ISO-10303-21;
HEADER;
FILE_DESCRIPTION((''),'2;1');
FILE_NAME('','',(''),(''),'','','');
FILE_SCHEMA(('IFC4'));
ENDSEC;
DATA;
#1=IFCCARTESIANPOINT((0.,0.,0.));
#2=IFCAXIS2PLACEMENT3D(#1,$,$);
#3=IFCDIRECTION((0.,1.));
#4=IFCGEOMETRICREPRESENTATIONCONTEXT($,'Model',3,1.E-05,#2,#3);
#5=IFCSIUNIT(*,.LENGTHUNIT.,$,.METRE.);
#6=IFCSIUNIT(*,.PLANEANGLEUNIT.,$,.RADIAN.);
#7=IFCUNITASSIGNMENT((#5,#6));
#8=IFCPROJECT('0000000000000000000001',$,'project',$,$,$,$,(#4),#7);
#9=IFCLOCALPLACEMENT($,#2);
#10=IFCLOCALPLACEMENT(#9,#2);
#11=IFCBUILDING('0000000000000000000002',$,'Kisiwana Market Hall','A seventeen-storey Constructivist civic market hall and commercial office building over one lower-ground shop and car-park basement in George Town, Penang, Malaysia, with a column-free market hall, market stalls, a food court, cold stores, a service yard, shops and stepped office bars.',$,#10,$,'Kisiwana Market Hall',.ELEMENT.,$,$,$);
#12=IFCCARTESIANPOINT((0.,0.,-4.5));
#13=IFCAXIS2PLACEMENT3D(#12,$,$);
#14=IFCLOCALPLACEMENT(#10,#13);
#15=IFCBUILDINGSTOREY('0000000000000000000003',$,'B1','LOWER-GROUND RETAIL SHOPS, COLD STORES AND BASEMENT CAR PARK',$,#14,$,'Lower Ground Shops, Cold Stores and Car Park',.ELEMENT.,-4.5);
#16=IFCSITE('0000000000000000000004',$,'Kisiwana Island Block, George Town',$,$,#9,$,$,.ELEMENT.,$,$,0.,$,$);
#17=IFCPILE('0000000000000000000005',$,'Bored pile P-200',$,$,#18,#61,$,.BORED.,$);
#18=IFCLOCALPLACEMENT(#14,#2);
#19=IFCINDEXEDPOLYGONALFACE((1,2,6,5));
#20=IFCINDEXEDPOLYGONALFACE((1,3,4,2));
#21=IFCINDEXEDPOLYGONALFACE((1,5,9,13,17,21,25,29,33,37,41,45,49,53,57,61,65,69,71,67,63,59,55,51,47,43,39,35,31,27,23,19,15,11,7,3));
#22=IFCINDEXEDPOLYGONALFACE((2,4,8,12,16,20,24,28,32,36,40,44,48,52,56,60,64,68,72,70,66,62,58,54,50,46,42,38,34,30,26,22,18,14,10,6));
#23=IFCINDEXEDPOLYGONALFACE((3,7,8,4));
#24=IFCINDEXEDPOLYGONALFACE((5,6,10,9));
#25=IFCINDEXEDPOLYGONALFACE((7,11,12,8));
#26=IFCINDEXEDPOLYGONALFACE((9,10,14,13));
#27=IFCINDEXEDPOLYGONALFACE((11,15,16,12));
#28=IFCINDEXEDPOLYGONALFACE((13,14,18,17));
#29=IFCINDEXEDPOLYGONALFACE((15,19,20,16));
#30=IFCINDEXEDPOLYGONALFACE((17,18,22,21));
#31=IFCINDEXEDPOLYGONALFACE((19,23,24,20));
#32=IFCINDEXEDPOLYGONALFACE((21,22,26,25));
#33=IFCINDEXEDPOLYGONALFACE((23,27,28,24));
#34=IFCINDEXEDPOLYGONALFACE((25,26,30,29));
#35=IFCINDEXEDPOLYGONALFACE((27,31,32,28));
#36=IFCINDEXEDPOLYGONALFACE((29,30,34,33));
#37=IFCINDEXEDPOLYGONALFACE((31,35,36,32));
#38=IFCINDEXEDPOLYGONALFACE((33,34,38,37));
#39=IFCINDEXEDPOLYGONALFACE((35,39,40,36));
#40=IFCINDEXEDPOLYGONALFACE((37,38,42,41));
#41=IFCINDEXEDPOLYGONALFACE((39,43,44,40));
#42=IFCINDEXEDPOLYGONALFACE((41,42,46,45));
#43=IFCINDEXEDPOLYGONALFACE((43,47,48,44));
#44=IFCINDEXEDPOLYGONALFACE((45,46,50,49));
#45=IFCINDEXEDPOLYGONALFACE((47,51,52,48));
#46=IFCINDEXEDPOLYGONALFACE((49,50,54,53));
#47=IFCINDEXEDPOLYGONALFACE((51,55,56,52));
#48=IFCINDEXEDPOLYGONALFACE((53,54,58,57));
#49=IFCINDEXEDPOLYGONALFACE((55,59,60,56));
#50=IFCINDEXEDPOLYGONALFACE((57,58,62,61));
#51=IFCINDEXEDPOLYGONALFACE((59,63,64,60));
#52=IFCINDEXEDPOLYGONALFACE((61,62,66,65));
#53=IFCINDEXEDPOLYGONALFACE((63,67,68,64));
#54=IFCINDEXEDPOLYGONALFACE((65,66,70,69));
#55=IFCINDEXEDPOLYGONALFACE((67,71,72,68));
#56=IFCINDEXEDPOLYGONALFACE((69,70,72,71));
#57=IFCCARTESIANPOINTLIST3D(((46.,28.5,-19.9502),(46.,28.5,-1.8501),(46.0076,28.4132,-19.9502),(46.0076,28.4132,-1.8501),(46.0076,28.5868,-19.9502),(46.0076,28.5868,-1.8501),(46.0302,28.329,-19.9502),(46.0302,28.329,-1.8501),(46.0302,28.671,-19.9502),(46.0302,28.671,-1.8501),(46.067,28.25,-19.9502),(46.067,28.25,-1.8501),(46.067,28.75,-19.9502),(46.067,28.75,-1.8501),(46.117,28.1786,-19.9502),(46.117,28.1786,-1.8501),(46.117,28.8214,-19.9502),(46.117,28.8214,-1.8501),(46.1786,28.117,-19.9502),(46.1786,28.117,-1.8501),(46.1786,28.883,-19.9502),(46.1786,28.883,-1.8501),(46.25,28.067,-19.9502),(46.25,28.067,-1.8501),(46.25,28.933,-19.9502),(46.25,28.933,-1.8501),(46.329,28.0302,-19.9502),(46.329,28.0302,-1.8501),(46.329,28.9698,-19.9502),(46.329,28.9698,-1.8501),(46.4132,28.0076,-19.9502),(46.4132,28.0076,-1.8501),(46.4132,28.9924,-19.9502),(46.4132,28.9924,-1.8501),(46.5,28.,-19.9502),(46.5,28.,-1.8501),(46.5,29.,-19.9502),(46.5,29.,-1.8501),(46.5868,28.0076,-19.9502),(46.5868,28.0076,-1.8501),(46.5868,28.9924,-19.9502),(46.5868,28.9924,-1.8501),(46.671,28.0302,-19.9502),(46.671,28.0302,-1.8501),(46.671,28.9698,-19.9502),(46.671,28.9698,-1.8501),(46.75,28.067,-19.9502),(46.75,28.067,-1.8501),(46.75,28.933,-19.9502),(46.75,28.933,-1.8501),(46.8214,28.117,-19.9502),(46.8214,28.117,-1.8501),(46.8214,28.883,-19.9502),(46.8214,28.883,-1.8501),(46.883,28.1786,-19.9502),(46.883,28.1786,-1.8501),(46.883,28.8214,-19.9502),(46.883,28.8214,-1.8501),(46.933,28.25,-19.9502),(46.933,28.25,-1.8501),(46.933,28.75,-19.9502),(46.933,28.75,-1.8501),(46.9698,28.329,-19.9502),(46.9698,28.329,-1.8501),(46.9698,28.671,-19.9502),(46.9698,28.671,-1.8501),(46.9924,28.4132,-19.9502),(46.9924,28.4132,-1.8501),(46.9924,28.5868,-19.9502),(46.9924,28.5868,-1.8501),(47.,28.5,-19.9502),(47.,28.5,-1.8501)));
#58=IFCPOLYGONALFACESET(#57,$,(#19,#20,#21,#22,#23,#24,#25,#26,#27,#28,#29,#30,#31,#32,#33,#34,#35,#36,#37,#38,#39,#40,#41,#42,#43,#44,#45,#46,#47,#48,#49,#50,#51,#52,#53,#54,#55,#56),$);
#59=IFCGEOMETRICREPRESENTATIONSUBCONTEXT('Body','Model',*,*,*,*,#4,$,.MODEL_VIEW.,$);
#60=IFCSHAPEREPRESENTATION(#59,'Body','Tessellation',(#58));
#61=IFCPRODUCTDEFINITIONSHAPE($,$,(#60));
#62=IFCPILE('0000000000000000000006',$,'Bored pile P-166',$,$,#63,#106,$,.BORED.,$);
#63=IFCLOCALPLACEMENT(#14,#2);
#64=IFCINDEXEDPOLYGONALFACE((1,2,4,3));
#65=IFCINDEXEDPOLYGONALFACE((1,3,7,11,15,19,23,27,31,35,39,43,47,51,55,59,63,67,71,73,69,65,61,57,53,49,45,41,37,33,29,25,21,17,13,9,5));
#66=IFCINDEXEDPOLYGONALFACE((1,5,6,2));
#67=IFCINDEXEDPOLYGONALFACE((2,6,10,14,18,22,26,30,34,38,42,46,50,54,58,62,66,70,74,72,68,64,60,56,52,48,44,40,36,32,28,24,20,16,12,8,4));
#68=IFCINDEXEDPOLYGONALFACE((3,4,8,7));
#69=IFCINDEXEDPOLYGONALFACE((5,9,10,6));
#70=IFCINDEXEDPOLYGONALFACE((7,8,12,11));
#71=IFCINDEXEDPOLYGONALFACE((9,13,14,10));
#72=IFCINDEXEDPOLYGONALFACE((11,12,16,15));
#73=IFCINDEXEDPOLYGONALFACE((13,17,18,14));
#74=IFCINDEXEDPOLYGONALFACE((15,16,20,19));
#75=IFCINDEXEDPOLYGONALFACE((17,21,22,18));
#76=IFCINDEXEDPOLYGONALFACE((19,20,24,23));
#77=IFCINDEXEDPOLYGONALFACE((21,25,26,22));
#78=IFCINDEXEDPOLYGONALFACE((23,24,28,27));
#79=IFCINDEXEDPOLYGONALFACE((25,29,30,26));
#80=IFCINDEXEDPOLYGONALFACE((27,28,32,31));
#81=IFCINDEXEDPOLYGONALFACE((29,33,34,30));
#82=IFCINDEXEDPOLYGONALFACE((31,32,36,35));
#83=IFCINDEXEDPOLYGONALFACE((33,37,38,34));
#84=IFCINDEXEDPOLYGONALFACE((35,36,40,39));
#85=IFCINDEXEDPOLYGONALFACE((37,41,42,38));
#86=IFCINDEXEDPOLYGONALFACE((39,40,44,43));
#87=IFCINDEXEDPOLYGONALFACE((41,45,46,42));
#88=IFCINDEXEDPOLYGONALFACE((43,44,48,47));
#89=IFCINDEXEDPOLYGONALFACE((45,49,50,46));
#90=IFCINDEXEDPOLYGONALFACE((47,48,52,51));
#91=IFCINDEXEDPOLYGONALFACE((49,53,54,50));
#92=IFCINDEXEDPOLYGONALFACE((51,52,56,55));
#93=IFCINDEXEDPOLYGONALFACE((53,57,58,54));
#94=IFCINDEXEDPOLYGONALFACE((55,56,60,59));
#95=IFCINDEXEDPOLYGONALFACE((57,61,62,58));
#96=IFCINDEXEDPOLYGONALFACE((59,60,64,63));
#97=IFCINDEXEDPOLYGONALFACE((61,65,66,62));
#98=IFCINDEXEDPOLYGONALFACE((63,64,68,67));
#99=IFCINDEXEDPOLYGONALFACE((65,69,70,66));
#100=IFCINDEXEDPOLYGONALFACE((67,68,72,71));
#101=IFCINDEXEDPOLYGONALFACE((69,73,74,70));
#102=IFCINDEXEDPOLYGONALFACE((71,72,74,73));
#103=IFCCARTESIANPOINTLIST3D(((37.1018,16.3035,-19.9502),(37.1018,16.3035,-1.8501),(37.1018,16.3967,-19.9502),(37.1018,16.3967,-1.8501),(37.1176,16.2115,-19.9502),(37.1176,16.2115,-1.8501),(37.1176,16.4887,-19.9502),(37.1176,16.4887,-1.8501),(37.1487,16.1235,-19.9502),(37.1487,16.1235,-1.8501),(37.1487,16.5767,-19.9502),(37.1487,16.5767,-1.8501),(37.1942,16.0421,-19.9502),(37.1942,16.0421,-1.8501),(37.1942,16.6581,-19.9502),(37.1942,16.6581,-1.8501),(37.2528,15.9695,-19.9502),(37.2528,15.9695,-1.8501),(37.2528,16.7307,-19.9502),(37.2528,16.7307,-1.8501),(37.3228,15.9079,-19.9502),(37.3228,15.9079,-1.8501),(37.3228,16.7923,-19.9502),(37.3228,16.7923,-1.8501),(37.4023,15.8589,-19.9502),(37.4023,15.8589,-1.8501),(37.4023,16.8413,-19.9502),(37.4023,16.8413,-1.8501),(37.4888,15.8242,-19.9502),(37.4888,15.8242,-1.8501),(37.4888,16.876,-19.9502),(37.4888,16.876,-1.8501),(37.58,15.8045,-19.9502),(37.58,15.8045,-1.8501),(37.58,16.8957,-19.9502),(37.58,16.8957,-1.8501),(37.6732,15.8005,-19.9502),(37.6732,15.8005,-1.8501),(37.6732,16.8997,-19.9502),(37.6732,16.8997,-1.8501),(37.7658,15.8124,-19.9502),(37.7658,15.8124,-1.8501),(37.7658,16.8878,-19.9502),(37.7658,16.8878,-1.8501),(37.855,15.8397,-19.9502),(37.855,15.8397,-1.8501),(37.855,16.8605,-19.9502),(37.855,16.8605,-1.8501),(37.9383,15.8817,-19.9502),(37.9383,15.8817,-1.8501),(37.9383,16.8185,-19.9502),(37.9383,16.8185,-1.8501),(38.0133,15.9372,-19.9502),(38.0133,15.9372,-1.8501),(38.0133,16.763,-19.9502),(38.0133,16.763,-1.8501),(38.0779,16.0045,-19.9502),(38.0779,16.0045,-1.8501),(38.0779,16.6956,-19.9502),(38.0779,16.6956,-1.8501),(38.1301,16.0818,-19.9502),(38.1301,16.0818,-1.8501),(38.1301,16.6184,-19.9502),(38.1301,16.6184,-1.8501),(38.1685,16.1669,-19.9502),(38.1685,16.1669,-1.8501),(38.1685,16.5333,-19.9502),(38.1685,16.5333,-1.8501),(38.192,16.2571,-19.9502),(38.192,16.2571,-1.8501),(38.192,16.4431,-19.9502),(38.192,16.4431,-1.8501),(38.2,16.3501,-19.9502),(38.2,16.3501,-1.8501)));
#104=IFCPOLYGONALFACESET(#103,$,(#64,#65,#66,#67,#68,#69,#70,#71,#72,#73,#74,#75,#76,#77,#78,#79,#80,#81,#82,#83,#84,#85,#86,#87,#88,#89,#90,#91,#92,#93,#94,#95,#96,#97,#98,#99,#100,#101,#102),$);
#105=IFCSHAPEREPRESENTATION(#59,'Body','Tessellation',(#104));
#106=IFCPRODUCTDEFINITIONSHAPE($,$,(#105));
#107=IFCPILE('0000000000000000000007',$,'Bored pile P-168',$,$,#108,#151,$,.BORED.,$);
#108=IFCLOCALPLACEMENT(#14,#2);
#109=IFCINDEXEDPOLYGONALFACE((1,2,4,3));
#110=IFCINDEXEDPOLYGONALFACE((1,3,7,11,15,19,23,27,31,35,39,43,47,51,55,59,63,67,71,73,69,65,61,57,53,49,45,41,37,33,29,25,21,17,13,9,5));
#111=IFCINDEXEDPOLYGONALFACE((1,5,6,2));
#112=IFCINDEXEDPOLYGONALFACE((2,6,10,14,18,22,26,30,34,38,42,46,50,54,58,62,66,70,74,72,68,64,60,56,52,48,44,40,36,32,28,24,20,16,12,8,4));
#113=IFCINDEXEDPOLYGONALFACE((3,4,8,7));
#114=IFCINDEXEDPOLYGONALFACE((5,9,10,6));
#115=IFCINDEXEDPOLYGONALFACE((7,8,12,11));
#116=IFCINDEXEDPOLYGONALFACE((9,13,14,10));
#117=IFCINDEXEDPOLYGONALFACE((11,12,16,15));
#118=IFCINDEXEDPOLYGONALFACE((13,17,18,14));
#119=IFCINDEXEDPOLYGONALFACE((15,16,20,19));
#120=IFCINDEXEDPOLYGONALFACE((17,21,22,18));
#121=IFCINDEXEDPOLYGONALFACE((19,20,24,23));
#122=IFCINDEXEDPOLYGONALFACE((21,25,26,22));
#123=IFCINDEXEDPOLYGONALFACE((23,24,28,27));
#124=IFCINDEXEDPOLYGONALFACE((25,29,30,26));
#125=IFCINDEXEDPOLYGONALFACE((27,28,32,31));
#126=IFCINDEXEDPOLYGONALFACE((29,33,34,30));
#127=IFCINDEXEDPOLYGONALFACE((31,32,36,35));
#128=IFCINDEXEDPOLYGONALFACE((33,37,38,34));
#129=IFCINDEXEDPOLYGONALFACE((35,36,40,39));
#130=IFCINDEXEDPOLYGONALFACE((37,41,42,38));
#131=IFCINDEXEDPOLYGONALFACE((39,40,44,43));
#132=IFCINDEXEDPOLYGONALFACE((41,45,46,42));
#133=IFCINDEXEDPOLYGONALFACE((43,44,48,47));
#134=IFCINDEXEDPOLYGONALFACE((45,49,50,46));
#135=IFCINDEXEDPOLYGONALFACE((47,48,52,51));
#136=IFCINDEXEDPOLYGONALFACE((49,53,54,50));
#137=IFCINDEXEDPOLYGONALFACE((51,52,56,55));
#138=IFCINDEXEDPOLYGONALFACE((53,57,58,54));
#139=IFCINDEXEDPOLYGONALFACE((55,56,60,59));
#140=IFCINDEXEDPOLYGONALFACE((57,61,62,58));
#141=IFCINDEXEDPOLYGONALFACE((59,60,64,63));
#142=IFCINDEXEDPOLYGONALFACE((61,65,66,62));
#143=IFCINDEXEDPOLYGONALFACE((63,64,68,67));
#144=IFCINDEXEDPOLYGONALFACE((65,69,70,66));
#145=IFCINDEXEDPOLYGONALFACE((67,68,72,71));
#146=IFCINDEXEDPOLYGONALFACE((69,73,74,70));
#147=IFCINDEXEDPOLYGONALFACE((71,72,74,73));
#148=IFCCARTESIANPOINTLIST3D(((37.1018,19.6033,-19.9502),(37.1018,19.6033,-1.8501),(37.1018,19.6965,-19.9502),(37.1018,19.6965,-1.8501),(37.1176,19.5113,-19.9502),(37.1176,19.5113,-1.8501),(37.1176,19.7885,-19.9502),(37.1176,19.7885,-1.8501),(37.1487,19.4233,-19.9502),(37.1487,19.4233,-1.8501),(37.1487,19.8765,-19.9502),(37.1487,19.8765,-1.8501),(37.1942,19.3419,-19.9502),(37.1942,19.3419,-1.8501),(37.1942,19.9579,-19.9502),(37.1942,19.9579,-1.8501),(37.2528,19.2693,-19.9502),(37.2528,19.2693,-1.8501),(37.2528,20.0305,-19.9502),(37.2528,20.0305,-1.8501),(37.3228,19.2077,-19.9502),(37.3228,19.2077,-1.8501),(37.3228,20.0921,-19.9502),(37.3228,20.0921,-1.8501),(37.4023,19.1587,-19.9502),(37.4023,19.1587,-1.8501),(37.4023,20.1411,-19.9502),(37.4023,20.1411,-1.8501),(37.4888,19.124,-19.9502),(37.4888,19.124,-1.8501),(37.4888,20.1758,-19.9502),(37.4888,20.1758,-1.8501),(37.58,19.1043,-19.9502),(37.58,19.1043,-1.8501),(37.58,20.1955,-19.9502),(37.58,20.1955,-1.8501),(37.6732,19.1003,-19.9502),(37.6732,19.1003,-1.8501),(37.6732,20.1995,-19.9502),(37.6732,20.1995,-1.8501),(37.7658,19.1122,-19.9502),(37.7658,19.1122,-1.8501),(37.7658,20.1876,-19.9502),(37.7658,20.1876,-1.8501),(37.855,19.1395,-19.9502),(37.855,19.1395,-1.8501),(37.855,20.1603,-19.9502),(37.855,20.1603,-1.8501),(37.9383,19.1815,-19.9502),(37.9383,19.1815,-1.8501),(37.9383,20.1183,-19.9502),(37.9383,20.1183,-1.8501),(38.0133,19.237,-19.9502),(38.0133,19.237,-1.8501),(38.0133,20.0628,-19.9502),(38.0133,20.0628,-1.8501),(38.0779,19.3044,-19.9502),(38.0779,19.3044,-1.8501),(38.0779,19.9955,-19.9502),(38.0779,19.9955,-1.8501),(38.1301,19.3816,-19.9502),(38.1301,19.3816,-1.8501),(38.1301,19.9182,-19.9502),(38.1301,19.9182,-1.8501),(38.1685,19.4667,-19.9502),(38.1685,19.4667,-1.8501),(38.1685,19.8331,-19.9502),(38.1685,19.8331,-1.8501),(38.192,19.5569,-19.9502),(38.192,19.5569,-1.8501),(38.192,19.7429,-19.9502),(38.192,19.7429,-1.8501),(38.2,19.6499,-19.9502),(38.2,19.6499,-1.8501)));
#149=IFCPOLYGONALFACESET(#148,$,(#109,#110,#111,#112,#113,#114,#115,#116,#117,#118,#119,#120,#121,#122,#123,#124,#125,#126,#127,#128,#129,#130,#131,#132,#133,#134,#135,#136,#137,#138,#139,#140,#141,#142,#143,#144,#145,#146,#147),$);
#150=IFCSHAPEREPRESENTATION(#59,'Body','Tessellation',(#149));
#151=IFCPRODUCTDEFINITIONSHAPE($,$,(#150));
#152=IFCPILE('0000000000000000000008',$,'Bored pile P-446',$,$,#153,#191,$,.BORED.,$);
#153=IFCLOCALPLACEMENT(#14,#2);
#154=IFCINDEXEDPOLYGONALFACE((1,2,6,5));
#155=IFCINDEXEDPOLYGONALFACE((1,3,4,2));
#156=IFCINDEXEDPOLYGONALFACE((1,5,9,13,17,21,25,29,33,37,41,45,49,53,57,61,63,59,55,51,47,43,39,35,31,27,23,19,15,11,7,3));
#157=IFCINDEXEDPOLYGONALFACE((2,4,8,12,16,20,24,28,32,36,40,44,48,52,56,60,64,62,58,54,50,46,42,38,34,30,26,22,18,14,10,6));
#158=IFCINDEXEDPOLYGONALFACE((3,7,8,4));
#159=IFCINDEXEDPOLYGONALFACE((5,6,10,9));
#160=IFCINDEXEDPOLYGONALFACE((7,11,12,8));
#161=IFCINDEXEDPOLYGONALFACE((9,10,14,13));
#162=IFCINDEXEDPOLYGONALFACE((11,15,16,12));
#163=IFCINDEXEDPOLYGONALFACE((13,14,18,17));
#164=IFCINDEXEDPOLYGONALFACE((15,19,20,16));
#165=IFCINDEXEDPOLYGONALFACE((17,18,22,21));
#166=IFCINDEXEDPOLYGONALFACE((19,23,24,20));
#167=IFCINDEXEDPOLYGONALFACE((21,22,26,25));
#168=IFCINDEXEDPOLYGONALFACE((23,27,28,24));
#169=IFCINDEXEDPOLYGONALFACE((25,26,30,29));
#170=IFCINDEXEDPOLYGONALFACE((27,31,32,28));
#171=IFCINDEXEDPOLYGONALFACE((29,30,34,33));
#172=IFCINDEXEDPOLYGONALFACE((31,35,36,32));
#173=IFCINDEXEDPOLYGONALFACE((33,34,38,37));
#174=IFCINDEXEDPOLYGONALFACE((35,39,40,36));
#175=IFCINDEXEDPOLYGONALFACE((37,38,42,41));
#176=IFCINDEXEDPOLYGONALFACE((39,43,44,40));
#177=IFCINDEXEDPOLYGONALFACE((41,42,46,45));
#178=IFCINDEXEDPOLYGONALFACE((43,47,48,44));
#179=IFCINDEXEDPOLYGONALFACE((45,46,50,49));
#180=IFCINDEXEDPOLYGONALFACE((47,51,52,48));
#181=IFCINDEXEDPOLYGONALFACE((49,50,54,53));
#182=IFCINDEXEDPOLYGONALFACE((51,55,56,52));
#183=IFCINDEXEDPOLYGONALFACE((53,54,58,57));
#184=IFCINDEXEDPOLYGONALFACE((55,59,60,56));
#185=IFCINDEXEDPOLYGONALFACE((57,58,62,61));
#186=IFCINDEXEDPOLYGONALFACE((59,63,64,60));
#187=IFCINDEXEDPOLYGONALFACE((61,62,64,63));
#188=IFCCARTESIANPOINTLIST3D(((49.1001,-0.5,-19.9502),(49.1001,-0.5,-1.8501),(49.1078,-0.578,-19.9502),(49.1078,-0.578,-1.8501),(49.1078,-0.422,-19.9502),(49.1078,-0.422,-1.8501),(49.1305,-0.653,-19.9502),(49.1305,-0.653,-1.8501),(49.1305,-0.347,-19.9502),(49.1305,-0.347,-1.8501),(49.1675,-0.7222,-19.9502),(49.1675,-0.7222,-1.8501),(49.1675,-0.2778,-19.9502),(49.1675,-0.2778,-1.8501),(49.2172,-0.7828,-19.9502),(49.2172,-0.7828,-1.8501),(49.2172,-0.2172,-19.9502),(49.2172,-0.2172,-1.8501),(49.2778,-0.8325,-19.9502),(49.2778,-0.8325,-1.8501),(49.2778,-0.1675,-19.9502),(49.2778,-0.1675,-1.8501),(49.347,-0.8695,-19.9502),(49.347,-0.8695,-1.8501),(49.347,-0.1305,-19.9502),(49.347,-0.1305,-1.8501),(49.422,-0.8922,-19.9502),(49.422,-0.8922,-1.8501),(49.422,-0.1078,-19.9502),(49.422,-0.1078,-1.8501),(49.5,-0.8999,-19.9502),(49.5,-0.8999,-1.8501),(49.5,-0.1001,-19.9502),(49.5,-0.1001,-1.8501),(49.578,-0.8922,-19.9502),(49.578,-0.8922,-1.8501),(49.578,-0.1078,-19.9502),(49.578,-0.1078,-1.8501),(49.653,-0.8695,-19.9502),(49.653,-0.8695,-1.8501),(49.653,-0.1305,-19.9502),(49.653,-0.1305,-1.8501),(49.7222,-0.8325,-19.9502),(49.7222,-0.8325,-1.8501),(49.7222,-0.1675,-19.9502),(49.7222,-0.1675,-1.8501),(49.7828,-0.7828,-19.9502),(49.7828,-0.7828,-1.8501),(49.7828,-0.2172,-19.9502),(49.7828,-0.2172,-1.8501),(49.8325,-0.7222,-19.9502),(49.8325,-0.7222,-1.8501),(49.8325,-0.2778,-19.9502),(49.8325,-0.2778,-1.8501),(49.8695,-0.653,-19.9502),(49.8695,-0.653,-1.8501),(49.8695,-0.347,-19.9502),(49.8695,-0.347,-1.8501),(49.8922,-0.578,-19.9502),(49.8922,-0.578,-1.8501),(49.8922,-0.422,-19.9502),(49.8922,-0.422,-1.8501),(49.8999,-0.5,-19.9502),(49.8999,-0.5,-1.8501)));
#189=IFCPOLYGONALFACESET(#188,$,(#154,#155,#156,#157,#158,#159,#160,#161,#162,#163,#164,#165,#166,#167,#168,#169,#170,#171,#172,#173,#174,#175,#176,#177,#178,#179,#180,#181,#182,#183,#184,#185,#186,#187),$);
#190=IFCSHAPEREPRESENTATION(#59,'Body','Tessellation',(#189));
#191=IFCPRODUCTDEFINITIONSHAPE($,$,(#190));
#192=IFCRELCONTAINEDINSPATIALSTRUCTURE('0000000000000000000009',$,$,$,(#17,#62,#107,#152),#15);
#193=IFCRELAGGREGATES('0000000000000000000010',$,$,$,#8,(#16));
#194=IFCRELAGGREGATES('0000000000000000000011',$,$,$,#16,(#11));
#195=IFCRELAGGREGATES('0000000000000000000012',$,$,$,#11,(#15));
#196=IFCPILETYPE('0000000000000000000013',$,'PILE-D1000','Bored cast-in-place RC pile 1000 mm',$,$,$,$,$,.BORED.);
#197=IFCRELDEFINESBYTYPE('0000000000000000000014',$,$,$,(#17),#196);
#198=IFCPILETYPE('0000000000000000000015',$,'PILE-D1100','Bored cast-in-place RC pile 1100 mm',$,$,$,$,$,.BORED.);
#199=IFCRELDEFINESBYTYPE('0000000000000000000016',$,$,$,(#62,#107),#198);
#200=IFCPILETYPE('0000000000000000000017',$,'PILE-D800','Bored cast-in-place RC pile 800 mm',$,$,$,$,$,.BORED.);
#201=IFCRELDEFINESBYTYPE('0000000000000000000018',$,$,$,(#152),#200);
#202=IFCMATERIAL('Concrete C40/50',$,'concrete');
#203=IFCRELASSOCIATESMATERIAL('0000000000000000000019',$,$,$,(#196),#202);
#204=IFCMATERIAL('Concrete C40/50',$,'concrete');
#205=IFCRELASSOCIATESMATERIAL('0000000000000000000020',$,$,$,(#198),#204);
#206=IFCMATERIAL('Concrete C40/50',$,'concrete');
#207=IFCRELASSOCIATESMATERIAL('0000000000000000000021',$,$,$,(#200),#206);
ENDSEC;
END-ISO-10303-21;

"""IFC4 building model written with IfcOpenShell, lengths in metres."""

from ifc_helpers import new_model, si_unit, direction, frame, origin, origin_2d, place, context, subcontext, project, spatial, circle, extrude, material, material_profile, profile_set, type_object, element, save


model = new_model("IFC4")

# Units and contexts
model_context = context("Model", 3, precision=1e-05, world=origin(), true_north=direction((0.0, 1.0)))
body_context = subcontext(model_context, "Body", "Model", "MODEL_VIEW")
ifc_project = project(units=[si_unit("LENGTHUNIT", "METRE"), si_unit("PLANEANGLEUNIT", "RADIAN")], contexts=[model_context])

# Site, building, storey
site_placement = place(None, origin())
site = spatial("IfcSite", under=ifc_project, at=site_placement, Name="Kisiwana Island Block, George Town", CompositionType="ELEMENT", RefElevation=0.0)
building_placement = place(site_placement, origin())
building = spatial("IfcBuilding", under=site, at=building_placement, Name="Kisiwana Market Hall", Description="A seventeen-storey Constructivist civic market hall and commercial office building over one lower-ground shop and car-park basement in George Town, Penang, Malaysia, with a column-free market hall, market stalls, a food court, cold stores, a service yard, shops and stepped office bars.", LongName="Kisiwana Market Hall", CompositionType="ELEMENT")
storey_placement = place(building_placement, frame((0.0, 0.0, -4.5)))
storey = spatial("IfcBuildingStorey", under=building, at=storey_placement, Name="B1", Description="LOWER-GROUND RETAIL SHOPS, COLD STORES AND BASEMENT CAR PARK", LongName="Lower Ground Shops, Cold Stores and Car Park", CompositionType="ELEMENT", Elevation=-4.5)

# Piles
ifc_material_1 = material(Name="Concrete C40/50", Category="concrete")
ifc_material_profile_1 = material_profile(ifc_material_1, circle(Radius=0.5, at=origin_2d()), Name="BP D1000")
ifc_profile_set_1 = profile_set([ifc_material_profile_1], Name="Concrete C40/50")
pile_type_1 = type_object("IfcPileType", Name="PILE-D1000", Description="Bored cast-in-place RC pile 1000 mm", PredefinedType="BORED", material=ifc_profile_set_1)
for number, where, z_axis, x_axis, name in (
    (1, (46.5, 28.5, -1.8501), (0.0, 0.0, -1.0), (1.0, 0.0, 0.0), "Bored pile P-200"),
):
    element("IfcPile", number, at=place(storey_placement, frame(where, z_axis=z_axis, x_axis=x_axis)), inside=storey, type_object=pile_type_1, Name=name, PredefinedType="BORED", context=body_context, shape_type="SweptSolid", body=[
        extrude(circle(Radius=0.5, at=origin_2d()), origin(), (0.0, 0.0, 1.0), 18.1001),
    ])
ifc_material_2 = material(Name="Concrete C40/50", Category="concrete")
ifc_material_profile_2 = material_profile(ifc_material_2, circle(Radius=0.55, at=origin_2d()), Name="BP D1100")
ifc_profile_set_2 = profile_set([ifc_material_profile_2], Name="Concrete C40/50")
pile_type_2 = type_object("IfcPileType", Name="PILE-D1100", Description="Bored cast-in-place RC pile 1100 mm", PredefinedType="BORED", material=ifc_profile_set_2)
for number, where, z_axis, x_axis, name in (
    (2, (37.6499, 16.3501, -1.8501), (0.0, 0.0, -1.0), (1.0, 0.0, 0.0), "Bored pile P-166"),
    (3, (37.6499, 19.6499, -1.8501), (0.0, 0.0, -1.0), (1.0, 0.0, 0.0), "Bored pile P-168"),
):
    element("IfcPile", number, at=place(storey_placement, frame(where, z_axis=z_axis, x_axis=x_axis)), inside=storey, type_object=pile_type_2, Name=name, PredefinedType="BORED", context=body_context, shape_type="SweptSolid", body=[
        extrude(circle(Radius=0.55, at=origin_2d()), origin(), (0.0, 0.0, 1.0), 18.1001),
    ])
ifc_material_3 = material(Name="Concrete C40/50", Category="concrete")
ifc_material_profile_3 = material_profile(ifc_material_3, circle(Radius=0.3999, at=origin_2d()), Name="BP D800")
ifc_profile_set_3 = profile_set([ifc_material_profile_3], Name="Concrete C40/50")
pile_type_3 = type_object("IfcPileType", Name="PILE-D800", Description="Bored cast-in-place RC pile 800 mm", PredefinedType="BORED", material=ifc_profile_set_3)
pile_placement = place(storey_placement, frame((49.5, -0.5, -1.8501), z_axis=(0.0, 0.0, -1.0), x_axis=(1.0, 0.0, 0.0)))
element("IfcPile", 4, at=pile_placement, inside=storey, type_object=pile_type_3, Name="Bored pile P-446", PredefinedType="BORED", context=body_context, shape_type="SweptSolid", body=[
    extrude(circle(Radius=0.3999, at=origin_2d()), origin(), (0.0, 0.0, 1.0), 18.1001),
])

save(model, "model.ifc")
